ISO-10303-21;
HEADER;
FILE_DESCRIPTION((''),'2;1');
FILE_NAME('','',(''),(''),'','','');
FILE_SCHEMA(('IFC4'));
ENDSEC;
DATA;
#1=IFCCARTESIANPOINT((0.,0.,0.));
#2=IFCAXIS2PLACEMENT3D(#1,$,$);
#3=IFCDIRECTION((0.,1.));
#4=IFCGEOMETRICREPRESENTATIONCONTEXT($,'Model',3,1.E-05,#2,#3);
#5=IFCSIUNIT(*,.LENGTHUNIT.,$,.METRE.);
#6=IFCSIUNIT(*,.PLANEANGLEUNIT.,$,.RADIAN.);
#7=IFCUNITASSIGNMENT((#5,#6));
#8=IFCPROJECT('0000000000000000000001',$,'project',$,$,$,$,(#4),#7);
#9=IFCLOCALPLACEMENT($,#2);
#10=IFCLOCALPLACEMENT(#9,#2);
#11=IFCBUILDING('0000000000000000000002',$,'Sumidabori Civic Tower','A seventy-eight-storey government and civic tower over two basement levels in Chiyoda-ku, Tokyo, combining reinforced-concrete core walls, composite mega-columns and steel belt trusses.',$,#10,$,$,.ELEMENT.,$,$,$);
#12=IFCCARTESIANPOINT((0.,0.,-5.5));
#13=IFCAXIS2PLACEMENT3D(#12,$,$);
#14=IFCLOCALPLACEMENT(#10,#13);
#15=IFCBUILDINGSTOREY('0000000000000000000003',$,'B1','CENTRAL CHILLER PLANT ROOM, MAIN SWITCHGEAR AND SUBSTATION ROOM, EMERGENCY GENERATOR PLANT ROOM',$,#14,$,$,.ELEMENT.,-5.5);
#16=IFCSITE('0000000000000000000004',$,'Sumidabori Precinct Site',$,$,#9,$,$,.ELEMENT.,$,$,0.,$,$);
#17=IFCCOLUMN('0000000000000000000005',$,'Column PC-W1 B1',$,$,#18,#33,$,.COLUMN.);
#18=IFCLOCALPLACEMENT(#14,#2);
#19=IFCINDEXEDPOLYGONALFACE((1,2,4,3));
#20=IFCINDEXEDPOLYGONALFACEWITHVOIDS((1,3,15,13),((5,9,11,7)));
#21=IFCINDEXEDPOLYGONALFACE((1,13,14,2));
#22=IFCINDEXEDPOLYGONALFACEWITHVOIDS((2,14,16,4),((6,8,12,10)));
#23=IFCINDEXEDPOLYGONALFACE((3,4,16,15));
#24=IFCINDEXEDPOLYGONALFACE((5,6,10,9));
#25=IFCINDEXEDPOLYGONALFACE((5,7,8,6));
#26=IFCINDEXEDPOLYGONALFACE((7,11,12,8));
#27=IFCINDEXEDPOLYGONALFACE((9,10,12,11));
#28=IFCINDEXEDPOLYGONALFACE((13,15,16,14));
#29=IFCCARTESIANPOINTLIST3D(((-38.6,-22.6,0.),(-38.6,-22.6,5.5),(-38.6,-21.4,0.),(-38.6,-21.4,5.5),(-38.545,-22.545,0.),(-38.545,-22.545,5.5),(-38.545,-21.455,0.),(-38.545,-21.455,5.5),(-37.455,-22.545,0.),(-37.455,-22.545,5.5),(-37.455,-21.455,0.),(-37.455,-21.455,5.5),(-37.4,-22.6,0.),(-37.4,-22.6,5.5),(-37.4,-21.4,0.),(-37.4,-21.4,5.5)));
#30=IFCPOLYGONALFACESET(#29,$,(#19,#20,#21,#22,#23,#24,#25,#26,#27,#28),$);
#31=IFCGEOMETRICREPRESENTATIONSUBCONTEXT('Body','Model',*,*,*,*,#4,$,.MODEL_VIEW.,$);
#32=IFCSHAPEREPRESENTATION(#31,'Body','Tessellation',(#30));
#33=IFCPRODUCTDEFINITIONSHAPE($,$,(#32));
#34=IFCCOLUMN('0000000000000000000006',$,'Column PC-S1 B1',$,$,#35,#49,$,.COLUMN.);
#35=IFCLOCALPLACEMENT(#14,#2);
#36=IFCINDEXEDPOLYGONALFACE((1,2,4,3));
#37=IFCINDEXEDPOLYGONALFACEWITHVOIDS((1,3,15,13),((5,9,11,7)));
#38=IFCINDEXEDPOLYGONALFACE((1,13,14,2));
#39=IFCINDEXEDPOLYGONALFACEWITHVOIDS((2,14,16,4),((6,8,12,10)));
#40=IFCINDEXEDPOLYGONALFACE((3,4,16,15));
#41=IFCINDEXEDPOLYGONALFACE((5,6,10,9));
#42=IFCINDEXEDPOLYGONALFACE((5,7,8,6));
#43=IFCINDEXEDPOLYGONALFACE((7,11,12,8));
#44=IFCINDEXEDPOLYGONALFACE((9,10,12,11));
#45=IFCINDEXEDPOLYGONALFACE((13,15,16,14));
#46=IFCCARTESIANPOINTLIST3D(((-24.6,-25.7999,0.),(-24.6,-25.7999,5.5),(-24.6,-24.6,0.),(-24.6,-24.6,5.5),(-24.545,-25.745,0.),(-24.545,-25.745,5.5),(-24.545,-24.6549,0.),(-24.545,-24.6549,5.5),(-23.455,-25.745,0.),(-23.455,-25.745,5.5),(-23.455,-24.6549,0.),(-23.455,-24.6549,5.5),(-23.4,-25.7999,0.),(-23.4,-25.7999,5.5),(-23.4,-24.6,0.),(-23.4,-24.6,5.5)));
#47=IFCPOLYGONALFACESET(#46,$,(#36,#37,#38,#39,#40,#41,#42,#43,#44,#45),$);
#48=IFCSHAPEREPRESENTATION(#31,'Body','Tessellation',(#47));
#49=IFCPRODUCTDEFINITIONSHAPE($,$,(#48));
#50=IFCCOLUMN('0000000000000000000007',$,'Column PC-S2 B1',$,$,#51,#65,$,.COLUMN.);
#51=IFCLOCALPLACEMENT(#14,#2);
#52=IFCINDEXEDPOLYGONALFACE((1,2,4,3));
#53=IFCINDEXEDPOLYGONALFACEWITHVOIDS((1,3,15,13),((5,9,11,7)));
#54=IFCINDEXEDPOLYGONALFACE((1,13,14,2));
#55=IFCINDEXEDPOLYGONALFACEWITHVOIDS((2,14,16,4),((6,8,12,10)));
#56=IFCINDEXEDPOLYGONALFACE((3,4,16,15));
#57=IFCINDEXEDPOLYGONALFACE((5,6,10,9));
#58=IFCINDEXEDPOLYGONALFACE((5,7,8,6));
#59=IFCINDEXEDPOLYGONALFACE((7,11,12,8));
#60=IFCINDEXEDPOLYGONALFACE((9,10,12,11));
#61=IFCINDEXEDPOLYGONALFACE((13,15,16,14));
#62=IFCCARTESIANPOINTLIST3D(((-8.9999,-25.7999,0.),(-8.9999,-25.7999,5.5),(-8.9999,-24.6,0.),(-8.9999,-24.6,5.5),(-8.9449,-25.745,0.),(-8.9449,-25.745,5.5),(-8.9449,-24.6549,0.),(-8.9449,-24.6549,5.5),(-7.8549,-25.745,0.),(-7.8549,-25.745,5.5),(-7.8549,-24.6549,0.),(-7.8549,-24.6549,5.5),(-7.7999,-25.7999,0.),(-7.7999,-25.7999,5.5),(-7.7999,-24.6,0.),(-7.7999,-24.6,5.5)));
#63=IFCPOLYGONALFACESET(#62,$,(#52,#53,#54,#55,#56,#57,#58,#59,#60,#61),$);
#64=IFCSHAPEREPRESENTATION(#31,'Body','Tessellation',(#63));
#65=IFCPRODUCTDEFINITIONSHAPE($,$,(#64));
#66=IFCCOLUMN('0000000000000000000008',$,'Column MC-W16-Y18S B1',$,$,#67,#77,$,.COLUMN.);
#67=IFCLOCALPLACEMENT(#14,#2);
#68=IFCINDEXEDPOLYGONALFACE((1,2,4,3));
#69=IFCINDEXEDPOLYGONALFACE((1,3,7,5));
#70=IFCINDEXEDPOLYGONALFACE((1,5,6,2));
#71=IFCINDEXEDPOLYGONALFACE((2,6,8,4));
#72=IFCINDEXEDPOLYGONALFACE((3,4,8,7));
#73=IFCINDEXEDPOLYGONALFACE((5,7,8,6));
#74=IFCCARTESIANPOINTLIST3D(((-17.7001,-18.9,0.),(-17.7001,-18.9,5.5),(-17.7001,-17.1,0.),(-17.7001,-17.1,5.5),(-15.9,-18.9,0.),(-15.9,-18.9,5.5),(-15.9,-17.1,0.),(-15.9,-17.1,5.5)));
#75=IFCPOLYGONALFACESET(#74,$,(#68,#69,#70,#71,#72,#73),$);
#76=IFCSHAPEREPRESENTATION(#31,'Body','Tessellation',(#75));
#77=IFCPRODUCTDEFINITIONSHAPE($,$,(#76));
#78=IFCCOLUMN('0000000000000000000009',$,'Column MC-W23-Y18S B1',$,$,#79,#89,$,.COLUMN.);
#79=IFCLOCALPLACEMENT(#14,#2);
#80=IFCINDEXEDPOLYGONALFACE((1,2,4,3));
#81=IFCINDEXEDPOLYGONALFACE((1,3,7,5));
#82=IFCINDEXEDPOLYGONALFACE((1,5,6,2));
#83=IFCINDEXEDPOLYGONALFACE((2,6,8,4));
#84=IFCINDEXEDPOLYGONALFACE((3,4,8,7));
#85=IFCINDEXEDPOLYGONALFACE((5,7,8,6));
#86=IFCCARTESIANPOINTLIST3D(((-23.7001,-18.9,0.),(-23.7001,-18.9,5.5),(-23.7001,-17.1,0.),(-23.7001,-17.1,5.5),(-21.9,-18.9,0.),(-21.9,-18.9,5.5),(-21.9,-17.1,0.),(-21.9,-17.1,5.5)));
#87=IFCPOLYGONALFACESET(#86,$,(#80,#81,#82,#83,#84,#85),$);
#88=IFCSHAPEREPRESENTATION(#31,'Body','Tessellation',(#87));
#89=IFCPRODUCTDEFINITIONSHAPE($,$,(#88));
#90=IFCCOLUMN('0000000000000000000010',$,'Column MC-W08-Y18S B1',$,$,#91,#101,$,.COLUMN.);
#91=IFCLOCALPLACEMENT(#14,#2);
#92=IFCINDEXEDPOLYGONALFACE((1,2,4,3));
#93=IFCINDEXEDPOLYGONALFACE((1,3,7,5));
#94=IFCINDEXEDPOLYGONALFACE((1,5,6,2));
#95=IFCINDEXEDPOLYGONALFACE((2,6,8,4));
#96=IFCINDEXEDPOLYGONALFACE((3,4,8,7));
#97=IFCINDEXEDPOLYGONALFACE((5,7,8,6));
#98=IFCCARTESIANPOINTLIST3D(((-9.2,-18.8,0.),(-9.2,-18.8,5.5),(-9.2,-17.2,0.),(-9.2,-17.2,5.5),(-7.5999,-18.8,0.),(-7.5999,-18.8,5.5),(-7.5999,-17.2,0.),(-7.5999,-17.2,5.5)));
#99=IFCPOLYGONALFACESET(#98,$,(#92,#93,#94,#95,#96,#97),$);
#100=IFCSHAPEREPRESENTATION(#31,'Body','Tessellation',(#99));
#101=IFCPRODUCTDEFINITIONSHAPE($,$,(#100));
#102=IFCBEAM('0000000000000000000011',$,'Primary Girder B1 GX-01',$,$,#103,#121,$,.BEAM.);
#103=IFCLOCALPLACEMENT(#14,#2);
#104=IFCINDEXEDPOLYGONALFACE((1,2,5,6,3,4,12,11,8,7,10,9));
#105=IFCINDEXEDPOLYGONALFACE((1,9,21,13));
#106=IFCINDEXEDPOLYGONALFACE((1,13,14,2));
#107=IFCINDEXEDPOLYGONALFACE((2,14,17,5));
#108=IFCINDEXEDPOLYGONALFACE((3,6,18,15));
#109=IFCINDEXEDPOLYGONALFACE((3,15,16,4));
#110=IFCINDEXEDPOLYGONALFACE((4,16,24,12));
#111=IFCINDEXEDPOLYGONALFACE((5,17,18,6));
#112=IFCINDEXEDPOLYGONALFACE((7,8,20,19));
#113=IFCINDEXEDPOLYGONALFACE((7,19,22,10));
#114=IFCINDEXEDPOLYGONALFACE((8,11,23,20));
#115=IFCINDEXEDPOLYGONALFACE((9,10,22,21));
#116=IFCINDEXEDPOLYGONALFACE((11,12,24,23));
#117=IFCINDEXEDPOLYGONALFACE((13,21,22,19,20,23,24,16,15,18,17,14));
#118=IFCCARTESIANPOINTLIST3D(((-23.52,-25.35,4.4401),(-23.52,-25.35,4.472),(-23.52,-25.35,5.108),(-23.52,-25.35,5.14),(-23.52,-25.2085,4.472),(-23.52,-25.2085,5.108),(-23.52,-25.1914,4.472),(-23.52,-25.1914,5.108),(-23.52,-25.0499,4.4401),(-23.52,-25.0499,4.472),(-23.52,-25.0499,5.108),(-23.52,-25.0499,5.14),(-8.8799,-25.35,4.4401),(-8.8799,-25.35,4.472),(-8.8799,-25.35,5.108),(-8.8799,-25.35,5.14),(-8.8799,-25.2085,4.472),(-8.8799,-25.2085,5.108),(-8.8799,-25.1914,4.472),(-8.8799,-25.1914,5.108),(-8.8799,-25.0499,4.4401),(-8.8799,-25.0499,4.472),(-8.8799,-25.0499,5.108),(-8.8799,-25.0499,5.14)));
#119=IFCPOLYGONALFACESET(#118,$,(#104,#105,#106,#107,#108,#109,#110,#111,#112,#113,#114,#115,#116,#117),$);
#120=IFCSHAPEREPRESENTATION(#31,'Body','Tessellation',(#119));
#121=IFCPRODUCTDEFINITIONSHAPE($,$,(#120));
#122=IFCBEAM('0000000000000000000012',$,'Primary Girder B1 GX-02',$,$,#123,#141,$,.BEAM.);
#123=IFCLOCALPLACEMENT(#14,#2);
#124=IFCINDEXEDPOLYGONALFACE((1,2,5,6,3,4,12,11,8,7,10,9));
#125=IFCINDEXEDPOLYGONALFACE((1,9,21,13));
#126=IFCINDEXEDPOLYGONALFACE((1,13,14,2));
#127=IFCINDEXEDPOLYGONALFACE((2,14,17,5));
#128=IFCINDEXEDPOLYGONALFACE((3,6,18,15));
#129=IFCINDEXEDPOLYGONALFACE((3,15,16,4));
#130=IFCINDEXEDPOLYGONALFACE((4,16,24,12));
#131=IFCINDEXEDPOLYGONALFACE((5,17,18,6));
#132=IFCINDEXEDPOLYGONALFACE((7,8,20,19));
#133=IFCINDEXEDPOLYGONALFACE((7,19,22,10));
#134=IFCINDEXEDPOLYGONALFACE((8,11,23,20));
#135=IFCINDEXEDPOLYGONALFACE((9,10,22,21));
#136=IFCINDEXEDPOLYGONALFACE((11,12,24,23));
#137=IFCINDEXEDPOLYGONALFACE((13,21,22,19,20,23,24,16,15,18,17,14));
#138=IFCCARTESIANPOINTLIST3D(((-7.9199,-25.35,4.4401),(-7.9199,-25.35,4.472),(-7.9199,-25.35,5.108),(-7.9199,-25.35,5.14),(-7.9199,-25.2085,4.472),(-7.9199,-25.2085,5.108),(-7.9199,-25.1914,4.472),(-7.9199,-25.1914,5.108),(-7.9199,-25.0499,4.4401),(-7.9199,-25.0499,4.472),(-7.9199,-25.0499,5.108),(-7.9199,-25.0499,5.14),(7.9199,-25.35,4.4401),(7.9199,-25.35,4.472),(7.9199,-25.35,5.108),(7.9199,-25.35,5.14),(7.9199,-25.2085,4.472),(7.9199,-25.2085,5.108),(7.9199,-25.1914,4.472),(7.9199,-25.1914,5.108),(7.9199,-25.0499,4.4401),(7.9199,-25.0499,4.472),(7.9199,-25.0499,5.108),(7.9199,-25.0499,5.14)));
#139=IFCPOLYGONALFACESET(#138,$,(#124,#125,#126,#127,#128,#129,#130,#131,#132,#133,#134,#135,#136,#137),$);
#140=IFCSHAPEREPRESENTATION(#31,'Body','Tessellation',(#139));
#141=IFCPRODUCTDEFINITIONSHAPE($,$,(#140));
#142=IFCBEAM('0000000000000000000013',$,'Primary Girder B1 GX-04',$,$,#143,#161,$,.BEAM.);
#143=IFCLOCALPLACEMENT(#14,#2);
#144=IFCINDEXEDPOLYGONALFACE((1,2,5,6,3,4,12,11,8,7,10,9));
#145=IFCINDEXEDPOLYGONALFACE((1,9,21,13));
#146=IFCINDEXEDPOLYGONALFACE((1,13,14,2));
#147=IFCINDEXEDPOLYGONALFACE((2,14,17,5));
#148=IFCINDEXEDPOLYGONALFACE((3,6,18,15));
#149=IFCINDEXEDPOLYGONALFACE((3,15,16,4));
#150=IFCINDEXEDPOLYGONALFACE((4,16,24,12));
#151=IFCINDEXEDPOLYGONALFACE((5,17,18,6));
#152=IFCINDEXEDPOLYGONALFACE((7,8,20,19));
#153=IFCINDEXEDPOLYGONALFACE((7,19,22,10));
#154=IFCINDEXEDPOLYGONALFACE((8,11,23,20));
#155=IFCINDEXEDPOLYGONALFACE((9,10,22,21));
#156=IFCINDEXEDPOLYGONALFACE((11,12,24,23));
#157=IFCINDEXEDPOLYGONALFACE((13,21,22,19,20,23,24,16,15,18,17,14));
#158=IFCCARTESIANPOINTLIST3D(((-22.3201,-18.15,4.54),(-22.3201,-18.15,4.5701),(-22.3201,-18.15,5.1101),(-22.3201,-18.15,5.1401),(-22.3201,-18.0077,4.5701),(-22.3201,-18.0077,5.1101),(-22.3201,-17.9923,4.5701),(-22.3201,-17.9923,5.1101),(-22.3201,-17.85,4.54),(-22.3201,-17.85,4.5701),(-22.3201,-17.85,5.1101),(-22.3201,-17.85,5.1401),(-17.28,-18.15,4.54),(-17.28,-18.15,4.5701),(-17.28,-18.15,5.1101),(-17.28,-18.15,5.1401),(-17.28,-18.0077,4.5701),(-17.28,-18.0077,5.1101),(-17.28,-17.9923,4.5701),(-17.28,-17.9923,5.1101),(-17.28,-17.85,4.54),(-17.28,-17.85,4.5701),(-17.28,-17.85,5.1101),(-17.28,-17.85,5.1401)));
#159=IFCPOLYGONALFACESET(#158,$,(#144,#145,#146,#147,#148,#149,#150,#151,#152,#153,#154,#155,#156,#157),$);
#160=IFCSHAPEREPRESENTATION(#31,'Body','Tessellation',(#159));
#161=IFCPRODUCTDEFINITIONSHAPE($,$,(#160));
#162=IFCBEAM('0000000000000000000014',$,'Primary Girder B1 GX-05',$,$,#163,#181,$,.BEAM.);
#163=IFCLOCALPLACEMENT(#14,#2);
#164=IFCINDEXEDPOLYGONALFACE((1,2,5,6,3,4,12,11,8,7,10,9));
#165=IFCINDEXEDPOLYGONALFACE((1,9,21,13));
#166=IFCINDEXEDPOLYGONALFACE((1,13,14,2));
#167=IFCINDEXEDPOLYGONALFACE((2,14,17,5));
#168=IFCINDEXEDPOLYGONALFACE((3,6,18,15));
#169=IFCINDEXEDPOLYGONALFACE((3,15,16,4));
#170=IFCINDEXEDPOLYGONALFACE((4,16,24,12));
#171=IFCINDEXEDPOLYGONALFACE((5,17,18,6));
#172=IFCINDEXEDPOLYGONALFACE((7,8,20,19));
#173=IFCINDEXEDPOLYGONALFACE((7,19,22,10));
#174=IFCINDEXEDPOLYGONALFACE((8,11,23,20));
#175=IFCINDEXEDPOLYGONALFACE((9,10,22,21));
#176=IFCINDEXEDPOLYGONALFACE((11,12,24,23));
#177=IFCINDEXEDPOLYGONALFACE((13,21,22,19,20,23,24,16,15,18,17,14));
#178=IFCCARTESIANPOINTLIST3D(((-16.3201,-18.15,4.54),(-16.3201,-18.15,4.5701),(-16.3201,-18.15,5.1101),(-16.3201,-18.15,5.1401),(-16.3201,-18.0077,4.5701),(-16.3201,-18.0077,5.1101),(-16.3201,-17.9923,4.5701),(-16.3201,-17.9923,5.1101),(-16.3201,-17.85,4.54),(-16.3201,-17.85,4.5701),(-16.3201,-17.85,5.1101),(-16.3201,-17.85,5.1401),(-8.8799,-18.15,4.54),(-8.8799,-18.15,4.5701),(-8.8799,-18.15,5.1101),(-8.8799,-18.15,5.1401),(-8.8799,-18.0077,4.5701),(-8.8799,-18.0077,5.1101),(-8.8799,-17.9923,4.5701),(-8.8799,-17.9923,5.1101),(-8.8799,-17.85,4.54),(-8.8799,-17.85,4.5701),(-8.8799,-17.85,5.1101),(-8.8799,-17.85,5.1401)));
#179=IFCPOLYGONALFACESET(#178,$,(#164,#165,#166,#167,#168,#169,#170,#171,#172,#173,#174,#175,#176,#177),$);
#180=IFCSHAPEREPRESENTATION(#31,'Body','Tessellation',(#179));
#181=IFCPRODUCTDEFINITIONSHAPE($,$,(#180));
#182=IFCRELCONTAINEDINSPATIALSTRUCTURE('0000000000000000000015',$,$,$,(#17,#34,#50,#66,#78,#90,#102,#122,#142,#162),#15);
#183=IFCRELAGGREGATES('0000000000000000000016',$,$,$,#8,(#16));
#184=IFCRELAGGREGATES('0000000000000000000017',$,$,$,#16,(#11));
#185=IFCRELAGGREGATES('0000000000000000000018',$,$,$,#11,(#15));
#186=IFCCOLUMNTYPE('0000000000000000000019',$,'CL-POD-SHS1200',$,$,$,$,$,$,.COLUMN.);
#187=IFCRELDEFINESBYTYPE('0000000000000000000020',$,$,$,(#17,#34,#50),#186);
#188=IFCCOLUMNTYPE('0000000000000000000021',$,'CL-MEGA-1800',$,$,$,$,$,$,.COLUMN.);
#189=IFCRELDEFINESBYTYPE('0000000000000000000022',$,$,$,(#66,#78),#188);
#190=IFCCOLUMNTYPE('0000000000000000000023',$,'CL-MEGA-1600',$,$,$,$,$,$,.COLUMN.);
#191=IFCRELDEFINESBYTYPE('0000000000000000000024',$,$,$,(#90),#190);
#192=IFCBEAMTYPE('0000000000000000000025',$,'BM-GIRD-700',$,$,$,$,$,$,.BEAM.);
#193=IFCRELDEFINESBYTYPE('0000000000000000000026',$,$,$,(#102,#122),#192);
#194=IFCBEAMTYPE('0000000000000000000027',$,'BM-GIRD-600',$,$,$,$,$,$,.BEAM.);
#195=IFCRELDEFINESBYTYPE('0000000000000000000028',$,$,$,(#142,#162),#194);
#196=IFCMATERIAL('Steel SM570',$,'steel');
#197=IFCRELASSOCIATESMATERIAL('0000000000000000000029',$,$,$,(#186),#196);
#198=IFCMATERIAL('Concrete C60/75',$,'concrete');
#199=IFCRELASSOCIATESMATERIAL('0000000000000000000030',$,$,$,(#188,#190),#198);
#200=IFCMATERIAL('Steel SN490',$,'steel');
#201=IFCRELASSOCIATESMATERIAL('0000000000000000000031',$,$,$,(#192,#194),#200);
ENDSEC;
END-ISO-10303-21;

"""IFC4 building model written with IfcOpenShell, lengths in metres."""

from ifc_helpers import new_model, si_unit, direction, frame, origin, origin_2d, place, context, subcontext, project, spatial, rectangle, hollow_rectangle, i_section, extrude, source, transform, mapped, material, material_profile, profile_set, type_object, element, save


model = new_model("IFC4")

# Units and contexts
model_context = context("Model", 3, precision=1e-05, world=origin(), true_north=direction((0.0, 1.0)))
body_context = subcontext(model_context, "Body", "Model", "MODEL_VIEW")
ifc_project = project(units=[si_unit("LENGTHUNIT", "METRE"), si_unit("PLANEANGLEUNIT", "RADIAN")], contexts=[model_context])

# Site, building, storey
site_placement = place(None, origin())
site = spatial("IfcSite", under=ifc_project, at=site_placement, Name="Sumidabori Precinct Site", CompositionType="ELEMENT", RefElevation=0.0)
building_placement = place(site_placement, origin())
building = spatial("IfcBuilding", under=site, at=building_placement, Name="Sumidabori Civic Tower", Description="A seventy-eight-storey government and civic tower over two basement levels in Chiyoda-ku, Tokyo, combining reinforced-concrete core walls, composite mega-columns and steel belt trusses.", CompositionType="ELEMENT")
storey_placement = place(building_placement, frame((0.0, 0.0, -5.5)))
storey = spatial("IfcBuildingStorey", under=building, at=storey_placement, Name="B1", Description="CENTRAL CHILLER PLANT ROOM, MAIN SWITCHGEAR AND SUBSTATION ROOM, EMERGENCY GENERATOR PLANT ROOM", CompositionType="ELEMENT", Elevation=-5.5)

# Columns
ifc_material_1 = material(Name="Steel SM570", Category="steel")
ifc_material_profile_1 = material_profile(ifc_material_1, hollow_rectangle(XDim=1.2, YDim=1.2, WallThickness=0.0549, at=origin_2d()), Name="SHS 1200x1200x55")
ifc_profile_set_1 = profile_set([ifc_material_profile_1], Name="Steel SM570")
column_type_1 = type_object("IfcColumnType", Name="CL-POD-SHS1200", PredefinedType="COLUMN", material=ifc_profile_set_1)
shared_shape_1 = source(origin(), body_context, "Body", "SweptSolid", [
    extrude(hollow_rectangle(XDim=1.2, YDim=1.2, WallThickness=0.0549, at=origin_2d()), origin(), (0.0, 0.0, 1.0), 5.5),
])
for number, where, z_axis, x_axis, name in (
    (1, (-38.0, -22.0, 0.0), (0.0, 0.0, 1.0), (1.0, 0.0, 0.0), "Column PC-W1 B1"),
    (2, (-24.0, -25.2, 0.0), (0.0, 0.0, 1.0), (1.0, 0.0, 0.0), "Column PC-S1 B1"),
    (3, (-8.3999, -25.2, 0.0), (0.0, 0.0, 1.0), (1.0, 0.0, 0.0), "Column PC-S2 B1"),
):
    element("IfcColumn", number, at=place(storey_placement, frame(where, z_axis=z_axis, x_axis=x_axis)), inside=storey, type_object=column_type_1, Name=name, PredefinedType="COLUMN", context=body_context, shape_type="MappedRepresentation", body=[
        mapped(shared_shape_1, transform((0.0, 0.0, 0.0), x_axis=(1.0, 0.0, 0.0), y_axis=(0.0, 1.0, 0.0), z_axis=(0.0, 0.0, 1.0), scale=1.0)),
    ])
ifc_material_2 = material(Name="Concrete C60/75", Category="concrete")
ifc_material_profile_2 = material_profile(ifc_material_2, rectangle(XDim=1.8, YDim=1.8, at=origin_2d()), Name="RC 1800x1800")
ifc_profile_set_2 = profile_set([ifc_material_profile_2], Name="Concrete C60/75")
column_type_2 = type_object("IfcColumnType", Name="CL-MEGA-1800", PredefinedType="COLUMN", material=ifc_profile_set_2)
shared_shape_2 = source(origin(), body_context, "Body", "SweptSolid", [
    extrude(rectangle(XDim=1.8, YDim=1.8, at=origin_2d()), origin(), (0.0, 0.0, 1.0), 5.5),
])
for number, where, z_axis, x_axis, name in (
    (4, (-16.8, -18.0, 0.0), (0.0, 0.0, 1.0), (1.0, 0.0, 0.0), "Column MC-W16-Y18S B1"),
    (5, (-22.8, -18.0, 0.0), (0.0, 0.0, 1.0), (1.0, 0.0, 0.0), "Column MC-W23-Y18S B1"),
):
    element("IfcColumn", number, at=place(storey_placement, frame(where, z_axis=z_axis, x_axis=x_axis)), inside=storey, type_object=column_type_2, Name=name, PredefinedType="COLUMN", context=body_context, shape_type="MappedRepresentation", body=[
        mapped(shared_shape_2, transform((0.0, 0.0, 0.0), x_axis=(1.0, 0.0, 0.0), y_axis=(0.0, 1.0, 0.0), z_axis=(0.0, 0.0, 1.0), scale=1.0)),
    ])
ifc_material_profile_3 = material_profile(ifc_material_2, rectangle(XDim=1.6001, YDim=1.6001, at=origin_2d()), Name="RC 1600x1600")
ifc_profile_set_3 = profile_set([ifc_material_profile_3], Name="Concrete C60/75")
column_type_3 = type_object("IfcColumnType", Name="CL-MEGA-1600", PredefinedType="COLUMN", material=ifc_profile_set_3)
shared_shape_3 = source(origin(), body_context, "Body", "SweptSolid", [
    extrude(rectangle(XDim=1.6001, YDim=1.6001, at=origin_2d()), origin(), (0.0, 0.0, 1.0), 5.5),
])
column_placement = place(storey_placement, frame((-8.3999, -18.0, 0.0), z_axis=(0.0, 0.0, 1.0), x_axis=(1.0, 0.0, 0.0)))
element("IfcColumn", 6, at=column_placement, inside=storey, type_object=column_type_3, Name="Column MC-W08-Y18S B1", PredefinedType="COLUMN", context=body_context, shape_type="MappedRepresentation", body=[
    mapped(shared_shape_3, transform((0.0, 0.0, 0.0), x_axis=(1.0, 0.0, 0.0), y_axis=(0.0, 1.0, 0.0), z_axis=(0.0, 0.0, 1.0), scale=1.0)),
])

# Beams
ifc_material_3 = material(Name="Steel SN490", Category="steel")
ifc_material_profile_4 = material_profile(ifc_material_3, i_section(OverallWidth=0.3, OverallDepth=0.7, WebThickness=0.0171, FlangeThickness=0.032, at=origin_2d()), Name="HE 700 B")
ifc_profile_set_4 = profile_set([ifc_material_profile_4], Name="Steel SN490")
beam_type_1 = type_object("IfcBeamType", Name="BM-GIRD-700", PredefinedType="BEAM", material=ifc_profile_set_4)
shared_shape_4 = source(origin(), body_context, "Body", "SweptSolid", [
    extrude(i_section(OverallWidth=0.3, OverallDepth=0.7, WebThickness=0.0171, FlangeThickness=0.032, at=origin_2d()), origin(), (0.0, 0.0, 1.0), 14.6401),
])
beam_1_placement = place(storey_placement, frame((-23.52, -25.2, 4.79), z_axis=(1.0, 0.0, 0.0), x_axis=(0.0, 1.0, 0.0)))
element("IfcBeam", 7, at=beam_1_placement, inside=storey, type_object=beam_type_1, Name="Primary Girder B1 GX-01", PredefinedType="BEAM", context=body_context, shape_type="MappedRepresentation", body=[
    mapped(shared_shape_4, transform((0.0, 0.0, 0.0), x_axis=(1.0, 0.0, 0.0), y_axis=(0.0, 1.0, 0.0), z_axis=(0.0, 0.0, 1.0), scale=1.0)),
])
shared_shape_5 = source(origin(), body_context, "Body", "SweptSolid", [
    extrude(i_section(OverallWidth=0.3, OverallDepth=0.7, WebThickness=0.0171, FlangeThickness=0.032, at=origin_2d()), origin(), (0.0, 0.0, 1.0), 15.8398),
])
beam_2_placement = place(storey_placement, frame((-7.9199, -25.2, 4.79), z_axis=(1.0, 0.0, 0.0), x_axis=(0.0, 1.0, 0.0)))
element("IfcBeam", 8, at=beam_2_placement, inside=storey, type_object=beam_type_1, Name="Primary Girder B1 GX-02", PredefinedType="BEAM", context=body_context, shape_type="MappedRepresentation", body=[
    mapped(shared_shape_5, transform((0.0, 0.0, 0.0), x_axis=(1.0, 0.0, 0.0), y_axis=(0.0, 1.0, 0.0), z_axis=(0.0, 0.0, 1.0), scale=1.0)),
])
ifc_material_profile_5 = material_profile(ifc_material_3, i_section(OverallWidth=0.3, OverallDepth=0.6001, WebThickness=0.0154, FlangeThickness=0.03, at=origin_2d()), Name="HE 600 B")
ifc_profile_set_5 = profile_set([ifc_material_profile_5], Name="Steel SN490")
beam_type_2 = type_object("IfcBeamType", Name="BM-GIRD-600", PredefinedType="BEAM", material=ifc_profile_set_5)
shared_shape_6 = source(origin(), body_context, "Body", "SweptSolid", [
    extrude(i_section(OverallWidth=0.3, OverallDepth=0.6001, WebThickness=0.0154, FlangeThickness=0.03, at=origin_2d()), origin(), (0.0, 0.0, 1.0), 5.04),
])
beam_3_placement = place(storey_placement, frame((-22.3201, -18.0, 4.8401), z_axis=(1.0, 0.0, 0.0), x_axis=(0.0, 1.0, 0.0)))
element("IfcBeam", 9, at=beam_3_placement, inside=storey, type_object=beam_type_2, Name="Primary Girder B1 GX-04", PredefinedType="BEAM", context=body_context, shape_type="MappedRepresentation", body=[
    mapped(shared_shape_6, transform((0.0, 0.0, 0.0), x_axis=(1.0, 0.0, 0.0), y_axis=(0.0, 1.0, 0.0), z_axis=(0.0, 0.0, 1.0), scale=1.0)),
])
shared_shape_7 = source(origin(), body_context, "Body", "SweptSolid", [
    extrude(i_section(OverallWidth=0.3, OverallDepth=0.6001, WebThickness=0.0154, FlangeThickness=0.03, at=origin_2d()), origin(), (0.0, 0.0, 1.0), 7.4402),
])
beam_4_placement = place(storey_placement, frame((-16.3201, -18.0, 4.8401), z_axis=(1.0, 0.0, 0.0), x_axis=(0.0, 1.0, 0.0)))
element("IfcBeam", 10, at=beam_4_placement, inside=storey, type_object=beam_type_2, Name="Primary Girder B1 GX-05", PredefinedType="BEAM", context=body_context, shape_type="MappedRepresentation", body=[
    mapped(shared_shape_7, transform((0.0, 0.0, 0.0), x_axis=(1.0, 0.0, 0.0), y_axis=(0.0, 1.0, 0.0), z_axis=(0.0, 0.0, 1.0), scale=1.0)),
])

save(model, "model.ifc")
